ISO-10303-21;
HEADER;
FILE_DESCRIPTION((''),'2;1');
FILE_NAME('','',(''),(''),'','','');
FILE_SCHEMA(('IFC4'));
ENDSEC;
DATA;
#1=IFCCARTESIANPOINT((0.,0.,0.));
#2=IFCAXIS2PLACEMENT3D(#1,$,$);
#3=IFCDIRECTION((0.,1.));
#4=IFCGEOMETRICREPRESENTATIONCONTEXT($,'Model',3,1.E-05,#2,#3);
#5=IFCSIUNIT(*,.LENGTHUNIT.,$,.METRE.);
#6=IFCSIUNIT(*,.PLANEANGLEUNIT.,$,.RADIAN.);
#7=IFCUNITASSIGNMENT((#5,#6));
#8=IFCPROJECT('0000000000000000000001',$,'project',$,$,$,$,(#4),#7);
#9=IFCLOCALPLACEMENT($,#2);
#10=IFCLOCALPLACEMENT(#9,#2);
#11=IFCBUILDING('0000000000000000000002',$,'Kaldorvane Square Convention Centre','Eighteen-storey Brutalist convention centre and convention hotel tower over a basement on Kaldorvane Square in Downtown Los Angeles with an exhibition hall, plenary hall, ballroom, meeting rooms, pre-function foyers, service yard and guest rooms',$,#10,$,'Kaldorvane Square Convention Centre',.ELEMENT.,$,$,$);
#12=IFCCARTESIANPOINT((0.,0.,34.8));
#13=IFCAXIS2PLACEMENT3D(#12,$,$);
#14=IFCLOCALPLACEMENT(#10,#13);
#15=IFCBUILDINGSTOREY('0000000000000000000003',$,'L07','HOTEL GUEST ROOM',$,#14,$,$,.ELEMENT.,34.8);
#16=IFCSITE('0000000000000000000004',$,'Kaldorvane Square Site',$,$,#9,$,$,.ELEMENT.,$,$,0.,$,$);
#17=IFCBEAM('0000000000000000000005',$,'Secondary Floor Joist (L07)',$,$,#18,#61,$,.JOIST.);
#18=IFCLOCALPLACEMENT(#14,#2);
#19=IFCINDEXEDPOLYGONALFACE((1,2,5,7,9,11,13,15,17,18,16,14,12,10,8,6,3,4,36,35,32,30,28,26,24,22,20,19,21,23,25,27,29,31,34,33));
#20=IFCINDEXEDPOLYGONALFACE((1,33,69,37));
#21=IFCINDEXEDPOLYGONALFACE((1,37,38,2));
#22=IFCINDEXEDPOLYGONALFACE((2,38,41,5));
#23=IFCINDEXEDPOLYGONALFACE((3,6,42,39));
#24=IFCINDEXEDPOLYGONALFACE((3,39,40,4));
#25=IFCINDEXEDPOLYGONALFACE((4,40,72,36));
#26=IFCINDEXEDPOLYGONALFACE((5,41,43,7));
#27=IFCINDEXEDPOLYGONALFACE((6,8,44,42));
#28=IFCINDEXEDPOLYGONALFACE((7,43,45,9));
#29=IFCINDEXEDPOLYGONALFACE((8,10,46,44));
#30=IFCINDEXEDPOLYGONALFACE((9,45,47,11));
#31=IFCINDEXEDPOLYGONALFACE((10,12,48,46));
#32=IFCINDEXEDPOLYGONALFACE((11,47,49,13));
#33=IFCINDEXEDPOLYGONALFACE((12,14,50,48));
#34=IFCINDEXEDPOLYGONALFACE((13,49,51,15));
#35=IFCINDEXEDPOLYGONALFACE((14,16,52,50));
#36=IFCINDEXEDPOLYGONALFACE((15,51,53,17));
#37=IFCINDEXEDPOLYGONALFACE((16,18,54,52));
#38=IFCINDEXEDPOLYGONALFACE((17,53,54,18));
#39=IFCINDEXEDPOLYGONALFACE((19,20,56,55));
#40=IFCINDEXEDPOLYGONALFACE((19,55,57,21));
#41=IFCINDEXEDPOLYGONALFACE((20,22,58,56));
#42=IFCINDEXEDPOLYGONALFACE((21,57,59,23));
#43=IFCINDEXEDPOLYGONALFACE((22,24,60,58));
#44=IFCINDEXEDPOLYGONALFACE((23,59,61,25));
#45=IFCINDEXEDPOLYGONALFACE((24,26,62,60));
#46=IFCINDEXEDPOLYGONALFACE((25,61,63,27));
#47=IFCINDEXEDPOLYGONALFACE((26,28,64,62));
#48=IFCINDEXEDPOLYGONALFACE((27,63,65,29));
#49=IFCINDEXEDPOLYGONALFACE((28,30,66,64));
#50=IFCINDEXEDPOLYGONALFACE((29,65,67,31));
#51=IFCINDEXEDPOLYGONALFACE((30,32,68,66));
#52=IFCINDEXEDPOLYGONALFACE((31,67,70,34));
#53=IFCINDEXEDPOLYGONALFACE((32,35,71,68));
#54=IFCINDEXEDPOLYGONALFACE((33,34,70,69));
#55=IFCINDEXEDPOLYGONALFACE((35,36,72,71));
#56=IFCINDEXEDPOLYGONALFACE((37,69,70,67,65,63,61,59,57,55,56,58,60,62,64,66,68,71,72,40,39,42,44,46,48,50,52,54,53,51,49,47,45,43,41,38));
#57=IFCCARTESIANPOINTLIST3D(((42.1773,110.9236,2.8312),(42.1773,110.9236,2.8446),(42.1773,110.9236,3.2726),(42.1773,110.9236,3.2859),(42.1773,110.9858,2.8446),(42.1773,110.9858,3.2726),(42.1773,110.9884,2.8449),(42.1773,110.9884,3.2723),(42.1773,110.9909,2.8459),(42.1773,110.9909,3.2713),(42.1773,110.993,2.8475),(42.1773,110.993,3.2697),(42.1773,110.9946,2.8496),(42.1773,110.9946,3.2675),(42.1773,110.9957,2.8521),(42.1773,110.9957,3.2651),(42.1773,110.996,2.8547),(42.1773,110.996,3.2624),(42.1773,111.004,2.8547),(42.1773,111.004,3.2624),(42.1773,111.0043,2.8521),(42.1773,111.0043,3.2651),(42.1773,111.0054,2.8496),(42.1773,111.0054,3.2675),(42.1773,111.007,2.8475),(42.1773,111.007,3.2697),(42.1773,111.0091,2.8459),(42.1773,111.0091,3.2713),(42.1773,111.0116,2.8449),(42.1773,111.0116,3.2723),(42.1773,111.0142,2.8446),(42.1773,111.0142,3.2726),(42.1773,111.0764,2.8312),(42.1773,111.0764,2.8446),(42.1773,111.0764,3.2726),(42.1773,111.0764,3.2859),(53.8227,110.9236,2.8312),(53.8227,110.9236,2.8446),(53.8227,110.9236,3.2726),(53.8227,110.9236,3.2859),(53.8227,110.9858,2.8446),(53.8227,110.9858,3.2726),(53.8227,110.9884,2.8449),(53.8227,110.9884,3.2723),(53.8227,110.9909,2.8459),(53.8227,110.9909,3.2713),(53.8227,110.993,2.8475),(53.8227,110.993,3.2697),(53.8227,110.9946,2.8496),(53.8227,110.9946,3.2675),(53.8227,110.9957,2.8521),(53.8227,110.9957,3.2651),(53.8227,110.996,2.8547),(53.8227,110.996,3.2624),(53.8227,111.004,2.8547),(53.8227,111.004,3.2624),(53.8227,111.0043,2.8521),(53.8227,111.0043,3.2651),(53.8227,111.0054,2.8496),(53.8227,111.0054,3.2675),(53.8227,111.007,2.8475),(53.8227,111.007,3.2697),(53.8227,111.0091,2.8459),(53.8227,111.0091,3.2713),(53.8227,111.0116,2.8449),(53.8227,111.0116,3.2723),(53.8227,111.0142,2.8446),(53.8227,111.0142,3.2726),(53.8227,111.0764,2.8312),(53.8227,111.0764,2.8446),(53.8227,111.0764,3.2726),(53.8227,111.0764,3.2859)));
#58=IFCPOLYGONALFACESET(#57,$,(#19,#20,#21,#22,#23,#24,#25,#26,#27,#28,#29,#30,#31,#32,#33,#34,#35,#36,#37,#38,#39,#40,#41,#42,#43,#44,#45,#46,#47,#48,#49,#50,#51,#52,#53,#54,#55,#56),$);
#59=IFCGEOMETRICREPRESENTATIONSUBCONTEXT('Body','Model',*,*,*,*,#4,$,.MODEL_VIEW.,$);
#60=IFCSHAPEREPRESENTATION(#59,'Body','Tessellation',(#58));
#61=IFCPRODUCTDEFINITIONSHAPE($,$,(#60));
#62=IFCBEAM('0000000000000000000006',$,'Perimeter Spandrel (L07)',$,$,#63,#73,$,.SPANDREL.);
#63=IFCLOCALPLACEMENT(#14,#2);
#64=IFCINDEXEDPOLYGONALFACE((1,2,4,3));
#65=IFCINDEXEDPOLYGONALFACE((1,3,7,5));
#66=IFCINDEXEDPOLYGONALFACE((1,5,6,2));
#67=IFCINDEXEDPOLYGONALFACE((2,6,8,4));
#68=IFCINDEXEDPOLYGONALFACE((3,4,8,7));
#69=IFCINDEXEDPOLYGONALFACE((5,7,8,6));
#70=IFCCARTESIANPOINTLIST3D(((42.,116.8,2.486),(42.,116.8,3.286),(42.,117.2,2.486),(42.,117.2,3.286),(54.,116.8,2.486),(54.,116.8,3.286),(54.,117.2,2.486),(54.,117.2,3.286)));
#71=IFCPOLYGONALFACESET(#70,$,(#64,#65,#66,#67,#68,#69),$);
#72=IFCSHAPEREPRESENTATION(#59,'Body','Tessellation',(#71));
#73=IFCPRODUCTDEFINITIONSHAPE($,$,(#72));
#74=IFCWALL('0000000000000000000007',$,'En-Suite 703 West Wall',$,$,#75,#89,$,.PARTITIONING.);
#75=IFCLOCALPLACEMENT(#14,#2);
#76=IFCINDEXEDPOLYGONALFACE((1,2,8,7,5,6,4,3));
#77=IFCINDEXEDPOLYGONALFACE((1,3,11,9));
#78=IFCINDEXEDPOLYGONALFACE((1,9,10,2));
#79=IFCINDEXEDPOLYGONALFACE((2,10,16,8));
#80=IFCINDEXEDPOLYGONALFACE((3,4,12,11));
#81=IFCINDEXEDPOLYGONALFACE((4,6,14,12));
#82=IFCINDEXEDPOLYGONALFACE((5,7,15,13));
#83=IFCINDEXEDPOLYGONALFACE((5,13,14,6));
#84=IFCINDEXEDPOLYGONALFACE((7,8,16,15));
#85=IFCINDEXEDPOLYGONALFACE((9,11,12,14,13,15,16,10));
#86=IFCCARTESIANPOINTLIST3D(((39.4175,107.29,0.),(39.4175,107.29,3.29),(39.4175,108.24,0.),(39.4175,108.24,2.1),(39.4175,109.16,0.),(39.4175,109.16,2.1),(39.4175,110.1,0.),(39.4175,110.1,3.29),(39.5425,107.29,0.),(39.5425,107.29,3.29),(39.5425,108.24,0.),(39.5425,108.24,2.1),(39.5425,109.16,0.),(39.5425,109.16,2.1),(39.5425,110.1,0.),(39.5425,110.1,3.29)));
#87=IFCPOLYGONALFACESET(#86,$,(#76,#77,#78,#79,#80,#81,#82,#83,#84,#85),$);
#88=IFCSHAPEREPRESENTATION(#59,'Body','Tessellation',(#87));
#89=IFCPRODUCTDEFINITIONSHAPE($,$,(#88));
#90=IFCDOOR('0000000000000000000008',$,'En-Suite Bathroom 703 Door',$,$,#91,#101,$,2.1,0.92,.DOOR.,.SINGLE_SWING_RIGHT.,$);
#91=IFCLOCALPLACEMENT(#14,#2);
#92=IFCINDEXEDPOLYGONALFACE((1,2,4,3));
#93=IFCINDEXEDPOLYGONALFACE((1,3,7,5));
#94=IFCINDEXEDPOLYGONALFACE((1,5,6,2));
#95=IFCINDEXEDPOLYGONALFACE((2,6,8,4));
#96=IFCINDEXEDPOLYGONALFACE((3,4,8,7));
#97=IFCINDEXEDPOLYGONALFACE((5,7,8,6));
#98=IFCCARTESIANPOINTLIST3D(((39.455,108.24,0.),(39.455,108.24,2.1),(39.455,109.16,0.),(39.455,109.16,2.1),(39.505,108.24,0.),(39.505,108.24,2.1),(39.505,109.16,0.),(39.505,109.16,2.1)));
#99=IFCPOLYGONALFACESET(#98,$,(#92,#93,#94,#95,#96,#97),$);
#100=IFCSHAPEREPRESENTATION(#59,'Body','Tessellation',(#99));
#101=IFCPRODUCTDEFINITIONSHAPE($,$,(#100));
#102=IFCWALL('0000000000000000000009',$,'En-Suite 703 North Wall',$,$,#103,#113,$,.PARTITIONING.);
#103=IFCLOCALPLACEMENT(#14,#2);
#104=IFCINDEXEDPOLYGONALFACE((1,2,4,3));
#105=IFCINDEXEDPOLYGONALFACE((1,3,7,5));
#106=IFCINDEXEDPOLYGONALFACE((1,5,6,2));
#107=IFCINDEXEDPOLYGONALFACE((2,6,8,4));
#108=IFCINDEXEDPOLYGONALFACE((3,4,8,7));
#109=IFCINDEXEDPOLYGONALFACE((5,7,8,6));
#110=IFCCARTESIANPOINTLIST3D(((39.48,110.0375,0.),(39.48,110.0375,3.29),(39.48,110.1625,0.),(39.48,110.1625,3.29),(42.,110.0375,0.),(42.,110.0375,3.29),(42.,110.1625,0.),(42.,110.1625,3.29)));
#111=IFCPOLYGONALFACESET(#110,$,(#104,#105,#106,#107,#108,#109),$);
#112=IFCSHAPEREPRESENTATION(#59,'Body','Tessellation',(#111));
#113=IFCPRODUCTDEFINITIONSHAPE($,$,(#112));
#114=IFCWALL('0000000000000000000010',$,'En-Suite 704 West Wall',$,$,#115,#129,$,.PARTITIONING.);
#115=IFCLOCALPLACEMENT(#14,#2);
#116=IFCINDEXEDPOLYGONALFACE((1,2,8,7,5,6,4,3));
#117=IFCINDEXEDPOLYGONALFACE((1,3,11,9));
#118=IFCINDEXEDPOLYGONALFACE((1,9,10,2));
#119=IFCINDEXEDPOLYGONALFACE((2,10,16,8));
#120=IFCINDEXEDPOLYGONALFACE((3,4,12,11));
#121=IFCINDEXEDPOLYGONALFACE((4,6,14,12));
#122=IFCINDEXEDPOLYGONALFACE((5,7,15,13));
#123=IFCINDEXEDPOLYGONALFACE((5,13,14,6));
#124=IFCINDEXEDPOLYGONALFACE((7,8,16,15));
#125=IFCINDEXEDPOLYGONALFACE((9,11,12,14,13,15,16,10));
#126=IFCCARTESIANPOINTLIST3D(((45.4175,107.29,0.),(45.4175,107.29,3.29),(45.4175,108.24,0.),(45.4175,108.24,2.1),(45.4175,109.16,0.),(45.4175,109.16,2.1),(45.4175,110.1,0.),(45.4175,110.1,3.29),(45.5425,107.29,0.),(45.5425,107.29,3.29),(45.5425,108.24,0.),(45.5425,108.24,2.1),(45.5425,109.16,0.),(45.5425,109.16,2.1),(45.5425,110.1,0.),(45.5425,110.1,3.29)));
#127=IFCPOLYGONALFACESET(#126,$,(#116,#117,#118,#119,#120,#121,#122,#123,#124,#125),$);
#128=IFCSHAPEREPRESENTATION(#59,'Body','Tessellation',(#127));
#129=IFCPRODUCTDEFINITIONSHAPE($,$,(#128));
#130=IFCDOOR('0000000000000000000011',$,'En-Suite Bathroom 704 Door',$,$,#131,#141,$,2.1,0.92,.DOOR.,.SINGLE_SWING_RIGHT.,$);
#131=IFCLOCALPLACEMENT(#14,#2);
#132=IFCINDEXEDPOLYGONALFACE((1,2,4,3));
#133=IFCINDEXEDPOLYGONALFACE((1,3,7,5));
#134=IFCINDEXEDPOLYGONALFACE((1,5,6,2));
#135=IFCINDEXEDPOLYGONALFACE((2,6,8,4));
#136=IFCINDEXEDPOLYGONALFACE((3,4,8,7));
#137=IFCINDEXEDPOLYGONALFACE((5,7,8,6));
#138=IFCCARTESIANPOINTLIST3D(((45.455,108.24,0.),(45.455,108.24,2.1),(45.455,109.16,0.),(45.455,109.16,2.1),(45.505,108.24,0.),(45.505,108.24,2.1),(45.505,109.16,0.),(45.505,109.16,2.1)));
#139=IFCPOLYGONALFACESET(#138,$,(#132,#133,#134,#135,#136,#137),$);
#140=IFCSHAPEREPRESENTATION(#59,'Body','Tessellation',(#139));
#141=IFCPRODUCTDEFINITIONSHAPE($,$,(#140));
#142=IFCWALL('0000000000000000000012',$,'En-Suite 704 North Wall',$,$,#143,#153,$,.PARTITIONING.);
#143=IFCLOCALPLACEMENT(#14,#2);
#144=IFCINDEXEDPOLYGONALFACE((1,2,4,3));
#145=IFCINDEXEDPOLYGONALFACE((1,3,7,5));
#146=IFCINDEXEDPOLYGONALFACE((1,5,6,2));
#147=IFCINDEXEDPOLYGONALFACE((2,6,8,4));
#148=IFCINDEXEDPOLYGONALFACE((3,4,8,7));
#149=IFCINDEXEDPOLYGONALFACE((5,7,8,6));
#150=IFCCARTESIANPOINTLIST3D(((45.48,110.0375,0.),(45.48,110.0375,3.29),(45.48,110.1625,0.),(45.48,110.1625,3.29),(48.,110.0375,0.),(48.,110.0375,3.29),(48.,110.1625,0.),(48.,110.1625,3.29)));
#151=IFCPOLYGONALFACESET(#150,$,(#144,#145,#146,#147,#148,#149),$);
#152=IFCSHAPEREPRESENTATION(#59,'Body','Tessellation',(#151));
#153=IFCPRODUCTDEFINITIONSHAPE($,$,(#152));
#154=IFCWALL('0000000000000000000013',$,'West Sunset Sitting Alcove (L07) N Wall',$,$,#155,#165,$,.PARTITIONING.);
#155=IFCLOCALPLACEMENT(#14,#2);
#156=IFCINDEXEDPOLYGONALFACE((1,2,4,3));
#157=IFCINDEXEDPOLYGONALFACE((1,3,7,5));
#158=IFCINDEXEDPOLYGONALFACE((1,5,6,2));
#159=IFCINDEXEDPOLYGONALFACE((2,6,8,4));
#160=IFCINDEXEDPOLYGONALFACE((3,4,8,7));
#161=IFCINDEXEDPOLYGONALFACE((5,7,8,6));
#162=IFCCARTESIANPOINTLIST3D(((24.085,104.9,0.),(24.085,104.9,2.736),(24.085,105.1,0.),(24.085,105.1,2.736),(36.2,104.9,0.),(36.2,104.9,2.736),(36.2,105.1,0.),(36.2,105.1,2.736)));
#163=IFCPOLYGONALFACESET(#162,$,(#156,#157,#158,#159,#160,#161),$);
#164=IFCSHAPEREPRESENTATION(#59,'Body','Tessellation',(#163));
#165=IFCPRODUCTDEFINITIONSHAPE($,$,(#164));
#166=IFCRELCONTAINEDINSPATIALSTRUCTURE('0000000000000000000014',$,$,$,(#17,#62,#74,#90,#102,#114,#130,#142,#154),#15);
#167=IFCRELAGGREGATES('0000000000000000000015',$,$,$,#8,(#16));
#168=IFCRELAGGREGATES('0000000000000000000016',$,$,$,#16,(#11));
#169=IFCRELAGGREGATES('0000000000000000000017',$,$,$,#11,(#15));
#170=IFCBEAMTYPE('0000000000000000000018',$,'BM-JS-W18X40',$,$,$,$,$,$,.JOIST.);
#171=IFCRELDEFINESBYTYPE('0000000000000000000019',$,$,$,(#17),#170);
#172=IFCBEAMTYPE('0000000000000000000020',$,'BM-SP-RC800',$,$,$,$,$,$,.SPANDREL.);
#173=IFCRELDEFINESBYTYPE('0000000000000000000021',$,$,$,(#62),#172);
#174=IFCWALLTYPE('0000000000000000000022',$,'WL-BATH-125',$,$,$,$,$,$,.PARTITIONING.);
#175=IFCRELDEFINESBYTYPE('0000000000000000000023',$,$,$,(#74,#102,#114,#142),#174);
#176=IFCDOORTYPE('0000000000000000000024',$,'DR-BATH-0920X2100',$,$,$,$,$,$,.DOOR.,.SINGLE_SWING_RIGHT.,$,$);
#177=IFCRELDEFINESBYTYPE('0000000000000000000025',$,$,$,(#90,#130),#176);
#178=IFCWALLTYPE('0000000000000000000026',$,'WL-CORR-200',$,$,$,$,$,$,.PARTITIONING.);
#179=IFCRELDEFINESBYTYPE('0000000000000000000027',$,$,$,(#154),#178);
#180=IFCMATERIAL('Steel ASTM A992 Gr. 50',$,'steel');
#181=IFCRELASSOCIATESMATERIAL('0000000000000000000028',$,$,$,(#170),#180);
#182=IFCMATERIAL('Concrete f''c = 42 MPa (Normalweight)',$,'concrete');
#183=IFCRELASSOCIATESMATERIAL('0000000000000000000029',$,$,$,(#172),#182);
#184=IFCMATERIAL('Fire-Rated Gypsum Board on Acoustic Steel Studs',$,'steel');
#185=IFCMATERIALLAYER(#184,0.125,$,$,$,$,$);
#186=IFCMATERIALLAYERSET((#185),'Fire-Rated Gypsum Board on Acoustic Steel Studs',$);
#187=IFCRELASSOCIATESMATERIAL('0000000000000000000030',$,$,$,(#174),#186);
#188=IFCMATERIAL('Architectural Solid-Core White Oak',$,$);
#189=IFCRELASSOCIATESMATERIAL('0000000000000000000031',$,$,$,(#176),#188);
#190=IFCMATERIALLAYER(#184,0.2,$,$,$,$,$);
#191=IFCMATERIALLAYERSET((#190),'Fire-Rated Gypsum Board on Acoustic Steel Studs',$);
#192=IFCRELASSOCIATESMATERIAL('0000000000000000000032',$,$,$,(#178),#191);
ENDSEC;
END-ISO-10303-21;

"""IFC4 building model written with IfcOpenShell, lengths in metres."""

from ifc_helpers import new_model, si_unit, direction, frame, frame_2d, origin, origin_2d, place, context, subcontext, project, spatial, rectangle, i_section, extrude, material, layer, layer_set, material_profile, profile_set, type_object, element, fill, save


model = new_model("IFC4")

# Units and contexts
model_context = context("Model", 3, precision=1e-05, world=origin(), true_north=direction((0.0, 1.0)))
body_context = subcontext(model_context, "Body", "Model", "MODEL_VIEW")
ifc_project = project(units=[si_unit("LENGTHUNIT", "METRE"), si_unit("PLANEANGLEUNIT", "RADIAN")], contexts=[model_context])

# Site, building, storey
site_placement = place(None, origin())
site = spatial("IfcSite", under=ifc_project, at=site_placement, Name="Kaldorvane Square Site", CompositionType="ELEMENT", RefElevation=0.0)
building_placement = place(site_placement, origin())
building = spatial("IfcBuilding", under=site, at=building_placement, Name="Kaldorvane Square Convention Centre", Description="Eighteen-storey Brutalist convention centre and convention hotel tower over a basement on Kaldorvane Square in Downtown Los Angeles with an exhibition hall, plenary hall, ballroom, meeting rooms, pre-function foyers, service yard and guest rooms", LongName="Kaldorvane Square Convention Centre", CompositionType="ELEMENT")
storey_placement = place(building_placement, frame((0.0, 0.0, 34.8)))
storey = spatial("IfcBuildingStorey", under=building, at=storey_placement, Name="L07", Description="HOTEL GUEST ROOM", CompositionType="ELEMENT", Elevation=34.8)

# Shared definitions
ifc_material_1 = material(Name="Steel ASTM A992 Gr. 50", Category="steel")

# Beams
ifc_material_profile_1 = material_profile(ifc_material_1, i_section(OverallWidth=0.1528, OverallDepth=0.4547, WebThickness=0.008, FlangeThickness=0.0133, FilletRadius=0.0102, at=origin_2d()), Name="W18X40")
ifc_profile_set_1 = profile_set([ifc_material_profile_1], Name="Steel ASTM A992 Gr. 50")
beam_type_1 = type_object("IfcBeamType", Name="BM-JS-W18X40", PredefinedType="JOIST", material=ifc_profile_set_1)
beam_1_placement = place(storey_placement, frame((42.1773, 111.0, 3.0586), z_axis=(1.0, 0.0, 0.0), x_axis=(0.0, 1.0, 0.0)))
element("IfcBeam", 1, at=beam_1_placement, inside=storey, type_object=beam_type_1, Name="Secondary Floor Joist (L07)", PredefinedType="JOIST", context=body_context, shape_type="SweptSolid", body=[
    extrude(i_section(OverallWidth=0.1528, OverallDepth=0.4547, WebThickness=0.008, FlangeThickness=0.0133, FilletRadius=0.0102, at=origin_2d()), origin(), (0.0, 0.0, 1.0), 11.6454),
])
ifc_material_2 = material(Name="Concrete f'c = 42 MPa (Normalweight)", Category="concrete")
ifc_material_profile_2 = material_profile(ifc_material_2, rectangle(XDim=0.4, YDim=0.8, at=origin_2d()), Name="RCSP800X400")
ifc_profile_set_2 = profile_set([ifc_material_profile_2], Name="Concrete f'c = 42 MPa (Normalweight)")
beam_type_2 = type_object("IfcBeamType", Name="BM-SP-RC800", PredefinedType="SPANDREL", material=ifc_profile_set_2)
beam_2_placement = place(storey_placement, frame((42.0, 117.0, 2.886), z_axis=(1.0, 0.0, 0.0), x_axis=(0.0, 1.0, 0.0)))
element("IfcBeam", 2, at=beam_2_placement, inside=storey, type_object=beam_type_2, Name="Perimeter Spandrel (L07)", PredefinedType="SPANDREL", context=body_context, shape_type="SweptSolid", body=[
    extrude(rectangle(XDim=0.4, YDim=0.8, at=origin_2d()), origin(), (0.0, 0.0, 1.0), 12.0),
])

# Wall, opening, door
ifc_material_3 = material(Name="Fire-Rated Gypsum Board on Acoustic Steel Studs", Category="steel")
ifc_layer_1 = layer(ifc_material_3, 0.125)
ifc_layer_set_1 = layer_set([ifc_layer_1], Name="Fire-Rated Gypsum Board on Acoustic Steel Studs")
wall_type_1 = type_object("IfcWallType", Name="WL-BATH-125", PredefinedType="PARTITIONING", material=ifc_layer_set_1)
wall_1_placement = place(storey_placement, frame((39.48, 107.29, 0.0), z_axis=(0.0, 0.0, 1.0), x_axis=(0.0, 1.0, 0.0)))
wall_1 = element("IfcWall", 3, at=wall_1_placement, inside=storey, type_object=wall_type_1, Name="En-Suite 703 West Wall", PredefinedType="PARTITIONING", context=body_context, shape_type="SweptSolid", body=[
    extrude(rectangle(XDim=2.81, YDim=0.125, at=frame_2d((1.405, 0.0))), origin(), (0.0, 0.0, 1.0), 3.29),
])
opening_1_placement = place(wall_1_placement, frame((0.95, 0.0, 0.0)))
opening_1 = element("IfcOpeningElement", 4, at=opening_1_placement, cuts=wall_1, PredefinedType="OPENING", context=body_context, shape_type="SweptSolid", body=[
    extrude(rectangle(XDim=0.92, YDim=2.1, at=frame_2d((0.46, 1.05))), frame((0.0, 0.0775, 0.0), z_axis=(0.0, -1.0, 0.0), x_axis=(1.0, 0.0, 0.0)), (0.0, 0.0, 1.0), 0.155),
])
ifc_material_4 = material(Name="Architectural Solid-Core White Oak")
door_type_1 = type_object("IfcDoorType", Name="DR-BATH-0920X2100", OperationType="SINGLE_SWING_RIGHT", PredefinedType="DOOR", material=ifc_material_4)
door_1_placement = place(opening_1_placement, origin())
door_1 = element("IfcDoor", 5, at=door_1_placement, inside=storey, type_object=door_type_1, Name="En-Suite Bathroom 703 Door", OperationType="SINGLE_SWING_RIGHT", OverallHeight=2.1, OverallWidth=0.92, PredefinedType="DOOR", context=body_context, shape_type="SweptSolid", body=[
    extrude(rectangle(XDim=0.92, YDim=2.1, at=frame_2d((0.46, 1.05))), frame((0.0, 0.025, 0.0), z_axis=(0.0, -1.0, 0.0), x_axis=(1.0, 0.0, 0.0)), (0.0, 0.0, 1.0), 0.05),
])
fill(opening_1, door_1)

# Wall
wall_2_placement = place(storey_placement, frame((39.48, 110.1, 0.0), z_axis=(0.0, 0.0, 1.0), x_axis=(1.0, 0.0, 0.0)))
element("IfcWall", 6, at=wall_2_placement, inside=storey, type_object=wall_type_1, Name="En-Suite 703 North Wall", PredefinedType="PARTITIONING", context=body_context, shape_type="SweptSolid", body=[
    extrude(rectangle(XDim=2.52, YDim=0.125, at=frame_2d((1.26, 0.0))), origin(), (0.0, 0.0, 1.0), 3.29),
])

# Wall, opening, door
wall_3_placement = place(storey_placement, frame((45.48, 107.29, 0.0), z_axis=(0.0, 0.0, 1.0), x_axis=(0.0, 1.0, 0.0)))
wall_3 = element("IfcWall", 7, at=wall_3_placement, inside=storey, type_object=wall_type_1, Name="En-Suite 704 West Wall", PredefinedType="PARTITIONING", context=body_context, shape_type="SweptSolid", body=[
    extrude(rectangle(XDim=2.81, YDim=0.125, at=frame_2d((1.405, 0.0))), origin(), (0.0, 0.0, 1.0), 3.29),
])
opening_2_placement = place(wall_3_placement, frame((0.95, 0.0, 0.0)))
opening_2 = element("IfcOpeningElement", 8, at=opening_2_placement, cuts=wall_3, PredefinedType="OPENING", context=body_context, shape_type="SweptSolid", body=[
    extrude(rectangle(XDim=0.92, YDim=2.1, at=frame_2d((0.46, 1.05))), frame((0.0, 0.0775, 0.0), z_axis=(0.0, -1.0, 0.0), x_axis=(1.0, 0.0, 0.0)), (0.0, 0.0, 1.0), 0.155),
])
door_2_placement = place(opening_2_placement, origin())
door_2 = element("IfcDoor", 9, at=door_2_placement, inside=storey, type_object=door_type_1, Name="En-Suite Bathroom 704 Door", OperationType="SINGLE_SWING_RIGHT", OverallHeight=2.1, OverallWidth=0.92, PredefinedType="DOOR", context=body_context, shape_type="SweptSolid", body=[
    extrude(rectangle(XDim=0.92, YDim=2.1, at=frame_2d((0.46, 1.05))), frame((0.0, 0.025, 0.0), z_axis=(0.0, -1.0, 0.0), x_axis=(1.0, 0.0, 0.0)), (0.0, 0.0, 1.0), 0.05),
])
fill(opening_2, door_2)

# Walls
wall_4_placement = place(storey_placement, frame((45.48, 110.1, 0.0), z_axis=(0.0, 0.0, 1.0), x_axis=(1.0, 0.0, 0.0)))
element("IfcWall", 10, at=wall_4_placement, inside=storey, type_object=wall_type_1, Name="En-Suite 704 North Wall", PredefinedType="PARTITIONING", context=body_context, shape_type="SweptSolid", body=[
    extrude(rectangle(XDim=2.52, YDim=0.125, at=frame_2d((1.26, 0.0))), origin(), (0.0, 0.0, 1.0), 3.29),
])
ifc_layer_2 = layer(ifc_material_3, 0.2)
ifc_layer_set_2 = layer_set([ifc_layer_2], Name="Fire-Rated Gypsum Board on Acoustic Steel Studs")
wall_type_2 = type_object("IfcWallType", Name="WL-CORR-200", PredefinedType="PARTITIONING", material=ifc_layer_set_2)
wall_5_placement = place(storey_placement, frame((36.2, 105.0, 0.0), z_axis=(0.0, 0.0, 1.0), x_axis=(-1.0, 0.0, 0.0)))
element("IfcWall", 11, at=wall_5_placement, inside=storey, type_object=wall_type_2, Name="West Sunset Sitting Alcove (L07) N Wall", PredefinedType="PARTITIONING", context=body_context, shape_type="SweptSolid", body=[
    extrude(rectangle(XDim=12.115, YDim=0.2, at=frame_2d((6.0575, 0.0))), origin(), (0.0, 0.0, 1.0), 2.736),
])

save(model, "model.ifc")
